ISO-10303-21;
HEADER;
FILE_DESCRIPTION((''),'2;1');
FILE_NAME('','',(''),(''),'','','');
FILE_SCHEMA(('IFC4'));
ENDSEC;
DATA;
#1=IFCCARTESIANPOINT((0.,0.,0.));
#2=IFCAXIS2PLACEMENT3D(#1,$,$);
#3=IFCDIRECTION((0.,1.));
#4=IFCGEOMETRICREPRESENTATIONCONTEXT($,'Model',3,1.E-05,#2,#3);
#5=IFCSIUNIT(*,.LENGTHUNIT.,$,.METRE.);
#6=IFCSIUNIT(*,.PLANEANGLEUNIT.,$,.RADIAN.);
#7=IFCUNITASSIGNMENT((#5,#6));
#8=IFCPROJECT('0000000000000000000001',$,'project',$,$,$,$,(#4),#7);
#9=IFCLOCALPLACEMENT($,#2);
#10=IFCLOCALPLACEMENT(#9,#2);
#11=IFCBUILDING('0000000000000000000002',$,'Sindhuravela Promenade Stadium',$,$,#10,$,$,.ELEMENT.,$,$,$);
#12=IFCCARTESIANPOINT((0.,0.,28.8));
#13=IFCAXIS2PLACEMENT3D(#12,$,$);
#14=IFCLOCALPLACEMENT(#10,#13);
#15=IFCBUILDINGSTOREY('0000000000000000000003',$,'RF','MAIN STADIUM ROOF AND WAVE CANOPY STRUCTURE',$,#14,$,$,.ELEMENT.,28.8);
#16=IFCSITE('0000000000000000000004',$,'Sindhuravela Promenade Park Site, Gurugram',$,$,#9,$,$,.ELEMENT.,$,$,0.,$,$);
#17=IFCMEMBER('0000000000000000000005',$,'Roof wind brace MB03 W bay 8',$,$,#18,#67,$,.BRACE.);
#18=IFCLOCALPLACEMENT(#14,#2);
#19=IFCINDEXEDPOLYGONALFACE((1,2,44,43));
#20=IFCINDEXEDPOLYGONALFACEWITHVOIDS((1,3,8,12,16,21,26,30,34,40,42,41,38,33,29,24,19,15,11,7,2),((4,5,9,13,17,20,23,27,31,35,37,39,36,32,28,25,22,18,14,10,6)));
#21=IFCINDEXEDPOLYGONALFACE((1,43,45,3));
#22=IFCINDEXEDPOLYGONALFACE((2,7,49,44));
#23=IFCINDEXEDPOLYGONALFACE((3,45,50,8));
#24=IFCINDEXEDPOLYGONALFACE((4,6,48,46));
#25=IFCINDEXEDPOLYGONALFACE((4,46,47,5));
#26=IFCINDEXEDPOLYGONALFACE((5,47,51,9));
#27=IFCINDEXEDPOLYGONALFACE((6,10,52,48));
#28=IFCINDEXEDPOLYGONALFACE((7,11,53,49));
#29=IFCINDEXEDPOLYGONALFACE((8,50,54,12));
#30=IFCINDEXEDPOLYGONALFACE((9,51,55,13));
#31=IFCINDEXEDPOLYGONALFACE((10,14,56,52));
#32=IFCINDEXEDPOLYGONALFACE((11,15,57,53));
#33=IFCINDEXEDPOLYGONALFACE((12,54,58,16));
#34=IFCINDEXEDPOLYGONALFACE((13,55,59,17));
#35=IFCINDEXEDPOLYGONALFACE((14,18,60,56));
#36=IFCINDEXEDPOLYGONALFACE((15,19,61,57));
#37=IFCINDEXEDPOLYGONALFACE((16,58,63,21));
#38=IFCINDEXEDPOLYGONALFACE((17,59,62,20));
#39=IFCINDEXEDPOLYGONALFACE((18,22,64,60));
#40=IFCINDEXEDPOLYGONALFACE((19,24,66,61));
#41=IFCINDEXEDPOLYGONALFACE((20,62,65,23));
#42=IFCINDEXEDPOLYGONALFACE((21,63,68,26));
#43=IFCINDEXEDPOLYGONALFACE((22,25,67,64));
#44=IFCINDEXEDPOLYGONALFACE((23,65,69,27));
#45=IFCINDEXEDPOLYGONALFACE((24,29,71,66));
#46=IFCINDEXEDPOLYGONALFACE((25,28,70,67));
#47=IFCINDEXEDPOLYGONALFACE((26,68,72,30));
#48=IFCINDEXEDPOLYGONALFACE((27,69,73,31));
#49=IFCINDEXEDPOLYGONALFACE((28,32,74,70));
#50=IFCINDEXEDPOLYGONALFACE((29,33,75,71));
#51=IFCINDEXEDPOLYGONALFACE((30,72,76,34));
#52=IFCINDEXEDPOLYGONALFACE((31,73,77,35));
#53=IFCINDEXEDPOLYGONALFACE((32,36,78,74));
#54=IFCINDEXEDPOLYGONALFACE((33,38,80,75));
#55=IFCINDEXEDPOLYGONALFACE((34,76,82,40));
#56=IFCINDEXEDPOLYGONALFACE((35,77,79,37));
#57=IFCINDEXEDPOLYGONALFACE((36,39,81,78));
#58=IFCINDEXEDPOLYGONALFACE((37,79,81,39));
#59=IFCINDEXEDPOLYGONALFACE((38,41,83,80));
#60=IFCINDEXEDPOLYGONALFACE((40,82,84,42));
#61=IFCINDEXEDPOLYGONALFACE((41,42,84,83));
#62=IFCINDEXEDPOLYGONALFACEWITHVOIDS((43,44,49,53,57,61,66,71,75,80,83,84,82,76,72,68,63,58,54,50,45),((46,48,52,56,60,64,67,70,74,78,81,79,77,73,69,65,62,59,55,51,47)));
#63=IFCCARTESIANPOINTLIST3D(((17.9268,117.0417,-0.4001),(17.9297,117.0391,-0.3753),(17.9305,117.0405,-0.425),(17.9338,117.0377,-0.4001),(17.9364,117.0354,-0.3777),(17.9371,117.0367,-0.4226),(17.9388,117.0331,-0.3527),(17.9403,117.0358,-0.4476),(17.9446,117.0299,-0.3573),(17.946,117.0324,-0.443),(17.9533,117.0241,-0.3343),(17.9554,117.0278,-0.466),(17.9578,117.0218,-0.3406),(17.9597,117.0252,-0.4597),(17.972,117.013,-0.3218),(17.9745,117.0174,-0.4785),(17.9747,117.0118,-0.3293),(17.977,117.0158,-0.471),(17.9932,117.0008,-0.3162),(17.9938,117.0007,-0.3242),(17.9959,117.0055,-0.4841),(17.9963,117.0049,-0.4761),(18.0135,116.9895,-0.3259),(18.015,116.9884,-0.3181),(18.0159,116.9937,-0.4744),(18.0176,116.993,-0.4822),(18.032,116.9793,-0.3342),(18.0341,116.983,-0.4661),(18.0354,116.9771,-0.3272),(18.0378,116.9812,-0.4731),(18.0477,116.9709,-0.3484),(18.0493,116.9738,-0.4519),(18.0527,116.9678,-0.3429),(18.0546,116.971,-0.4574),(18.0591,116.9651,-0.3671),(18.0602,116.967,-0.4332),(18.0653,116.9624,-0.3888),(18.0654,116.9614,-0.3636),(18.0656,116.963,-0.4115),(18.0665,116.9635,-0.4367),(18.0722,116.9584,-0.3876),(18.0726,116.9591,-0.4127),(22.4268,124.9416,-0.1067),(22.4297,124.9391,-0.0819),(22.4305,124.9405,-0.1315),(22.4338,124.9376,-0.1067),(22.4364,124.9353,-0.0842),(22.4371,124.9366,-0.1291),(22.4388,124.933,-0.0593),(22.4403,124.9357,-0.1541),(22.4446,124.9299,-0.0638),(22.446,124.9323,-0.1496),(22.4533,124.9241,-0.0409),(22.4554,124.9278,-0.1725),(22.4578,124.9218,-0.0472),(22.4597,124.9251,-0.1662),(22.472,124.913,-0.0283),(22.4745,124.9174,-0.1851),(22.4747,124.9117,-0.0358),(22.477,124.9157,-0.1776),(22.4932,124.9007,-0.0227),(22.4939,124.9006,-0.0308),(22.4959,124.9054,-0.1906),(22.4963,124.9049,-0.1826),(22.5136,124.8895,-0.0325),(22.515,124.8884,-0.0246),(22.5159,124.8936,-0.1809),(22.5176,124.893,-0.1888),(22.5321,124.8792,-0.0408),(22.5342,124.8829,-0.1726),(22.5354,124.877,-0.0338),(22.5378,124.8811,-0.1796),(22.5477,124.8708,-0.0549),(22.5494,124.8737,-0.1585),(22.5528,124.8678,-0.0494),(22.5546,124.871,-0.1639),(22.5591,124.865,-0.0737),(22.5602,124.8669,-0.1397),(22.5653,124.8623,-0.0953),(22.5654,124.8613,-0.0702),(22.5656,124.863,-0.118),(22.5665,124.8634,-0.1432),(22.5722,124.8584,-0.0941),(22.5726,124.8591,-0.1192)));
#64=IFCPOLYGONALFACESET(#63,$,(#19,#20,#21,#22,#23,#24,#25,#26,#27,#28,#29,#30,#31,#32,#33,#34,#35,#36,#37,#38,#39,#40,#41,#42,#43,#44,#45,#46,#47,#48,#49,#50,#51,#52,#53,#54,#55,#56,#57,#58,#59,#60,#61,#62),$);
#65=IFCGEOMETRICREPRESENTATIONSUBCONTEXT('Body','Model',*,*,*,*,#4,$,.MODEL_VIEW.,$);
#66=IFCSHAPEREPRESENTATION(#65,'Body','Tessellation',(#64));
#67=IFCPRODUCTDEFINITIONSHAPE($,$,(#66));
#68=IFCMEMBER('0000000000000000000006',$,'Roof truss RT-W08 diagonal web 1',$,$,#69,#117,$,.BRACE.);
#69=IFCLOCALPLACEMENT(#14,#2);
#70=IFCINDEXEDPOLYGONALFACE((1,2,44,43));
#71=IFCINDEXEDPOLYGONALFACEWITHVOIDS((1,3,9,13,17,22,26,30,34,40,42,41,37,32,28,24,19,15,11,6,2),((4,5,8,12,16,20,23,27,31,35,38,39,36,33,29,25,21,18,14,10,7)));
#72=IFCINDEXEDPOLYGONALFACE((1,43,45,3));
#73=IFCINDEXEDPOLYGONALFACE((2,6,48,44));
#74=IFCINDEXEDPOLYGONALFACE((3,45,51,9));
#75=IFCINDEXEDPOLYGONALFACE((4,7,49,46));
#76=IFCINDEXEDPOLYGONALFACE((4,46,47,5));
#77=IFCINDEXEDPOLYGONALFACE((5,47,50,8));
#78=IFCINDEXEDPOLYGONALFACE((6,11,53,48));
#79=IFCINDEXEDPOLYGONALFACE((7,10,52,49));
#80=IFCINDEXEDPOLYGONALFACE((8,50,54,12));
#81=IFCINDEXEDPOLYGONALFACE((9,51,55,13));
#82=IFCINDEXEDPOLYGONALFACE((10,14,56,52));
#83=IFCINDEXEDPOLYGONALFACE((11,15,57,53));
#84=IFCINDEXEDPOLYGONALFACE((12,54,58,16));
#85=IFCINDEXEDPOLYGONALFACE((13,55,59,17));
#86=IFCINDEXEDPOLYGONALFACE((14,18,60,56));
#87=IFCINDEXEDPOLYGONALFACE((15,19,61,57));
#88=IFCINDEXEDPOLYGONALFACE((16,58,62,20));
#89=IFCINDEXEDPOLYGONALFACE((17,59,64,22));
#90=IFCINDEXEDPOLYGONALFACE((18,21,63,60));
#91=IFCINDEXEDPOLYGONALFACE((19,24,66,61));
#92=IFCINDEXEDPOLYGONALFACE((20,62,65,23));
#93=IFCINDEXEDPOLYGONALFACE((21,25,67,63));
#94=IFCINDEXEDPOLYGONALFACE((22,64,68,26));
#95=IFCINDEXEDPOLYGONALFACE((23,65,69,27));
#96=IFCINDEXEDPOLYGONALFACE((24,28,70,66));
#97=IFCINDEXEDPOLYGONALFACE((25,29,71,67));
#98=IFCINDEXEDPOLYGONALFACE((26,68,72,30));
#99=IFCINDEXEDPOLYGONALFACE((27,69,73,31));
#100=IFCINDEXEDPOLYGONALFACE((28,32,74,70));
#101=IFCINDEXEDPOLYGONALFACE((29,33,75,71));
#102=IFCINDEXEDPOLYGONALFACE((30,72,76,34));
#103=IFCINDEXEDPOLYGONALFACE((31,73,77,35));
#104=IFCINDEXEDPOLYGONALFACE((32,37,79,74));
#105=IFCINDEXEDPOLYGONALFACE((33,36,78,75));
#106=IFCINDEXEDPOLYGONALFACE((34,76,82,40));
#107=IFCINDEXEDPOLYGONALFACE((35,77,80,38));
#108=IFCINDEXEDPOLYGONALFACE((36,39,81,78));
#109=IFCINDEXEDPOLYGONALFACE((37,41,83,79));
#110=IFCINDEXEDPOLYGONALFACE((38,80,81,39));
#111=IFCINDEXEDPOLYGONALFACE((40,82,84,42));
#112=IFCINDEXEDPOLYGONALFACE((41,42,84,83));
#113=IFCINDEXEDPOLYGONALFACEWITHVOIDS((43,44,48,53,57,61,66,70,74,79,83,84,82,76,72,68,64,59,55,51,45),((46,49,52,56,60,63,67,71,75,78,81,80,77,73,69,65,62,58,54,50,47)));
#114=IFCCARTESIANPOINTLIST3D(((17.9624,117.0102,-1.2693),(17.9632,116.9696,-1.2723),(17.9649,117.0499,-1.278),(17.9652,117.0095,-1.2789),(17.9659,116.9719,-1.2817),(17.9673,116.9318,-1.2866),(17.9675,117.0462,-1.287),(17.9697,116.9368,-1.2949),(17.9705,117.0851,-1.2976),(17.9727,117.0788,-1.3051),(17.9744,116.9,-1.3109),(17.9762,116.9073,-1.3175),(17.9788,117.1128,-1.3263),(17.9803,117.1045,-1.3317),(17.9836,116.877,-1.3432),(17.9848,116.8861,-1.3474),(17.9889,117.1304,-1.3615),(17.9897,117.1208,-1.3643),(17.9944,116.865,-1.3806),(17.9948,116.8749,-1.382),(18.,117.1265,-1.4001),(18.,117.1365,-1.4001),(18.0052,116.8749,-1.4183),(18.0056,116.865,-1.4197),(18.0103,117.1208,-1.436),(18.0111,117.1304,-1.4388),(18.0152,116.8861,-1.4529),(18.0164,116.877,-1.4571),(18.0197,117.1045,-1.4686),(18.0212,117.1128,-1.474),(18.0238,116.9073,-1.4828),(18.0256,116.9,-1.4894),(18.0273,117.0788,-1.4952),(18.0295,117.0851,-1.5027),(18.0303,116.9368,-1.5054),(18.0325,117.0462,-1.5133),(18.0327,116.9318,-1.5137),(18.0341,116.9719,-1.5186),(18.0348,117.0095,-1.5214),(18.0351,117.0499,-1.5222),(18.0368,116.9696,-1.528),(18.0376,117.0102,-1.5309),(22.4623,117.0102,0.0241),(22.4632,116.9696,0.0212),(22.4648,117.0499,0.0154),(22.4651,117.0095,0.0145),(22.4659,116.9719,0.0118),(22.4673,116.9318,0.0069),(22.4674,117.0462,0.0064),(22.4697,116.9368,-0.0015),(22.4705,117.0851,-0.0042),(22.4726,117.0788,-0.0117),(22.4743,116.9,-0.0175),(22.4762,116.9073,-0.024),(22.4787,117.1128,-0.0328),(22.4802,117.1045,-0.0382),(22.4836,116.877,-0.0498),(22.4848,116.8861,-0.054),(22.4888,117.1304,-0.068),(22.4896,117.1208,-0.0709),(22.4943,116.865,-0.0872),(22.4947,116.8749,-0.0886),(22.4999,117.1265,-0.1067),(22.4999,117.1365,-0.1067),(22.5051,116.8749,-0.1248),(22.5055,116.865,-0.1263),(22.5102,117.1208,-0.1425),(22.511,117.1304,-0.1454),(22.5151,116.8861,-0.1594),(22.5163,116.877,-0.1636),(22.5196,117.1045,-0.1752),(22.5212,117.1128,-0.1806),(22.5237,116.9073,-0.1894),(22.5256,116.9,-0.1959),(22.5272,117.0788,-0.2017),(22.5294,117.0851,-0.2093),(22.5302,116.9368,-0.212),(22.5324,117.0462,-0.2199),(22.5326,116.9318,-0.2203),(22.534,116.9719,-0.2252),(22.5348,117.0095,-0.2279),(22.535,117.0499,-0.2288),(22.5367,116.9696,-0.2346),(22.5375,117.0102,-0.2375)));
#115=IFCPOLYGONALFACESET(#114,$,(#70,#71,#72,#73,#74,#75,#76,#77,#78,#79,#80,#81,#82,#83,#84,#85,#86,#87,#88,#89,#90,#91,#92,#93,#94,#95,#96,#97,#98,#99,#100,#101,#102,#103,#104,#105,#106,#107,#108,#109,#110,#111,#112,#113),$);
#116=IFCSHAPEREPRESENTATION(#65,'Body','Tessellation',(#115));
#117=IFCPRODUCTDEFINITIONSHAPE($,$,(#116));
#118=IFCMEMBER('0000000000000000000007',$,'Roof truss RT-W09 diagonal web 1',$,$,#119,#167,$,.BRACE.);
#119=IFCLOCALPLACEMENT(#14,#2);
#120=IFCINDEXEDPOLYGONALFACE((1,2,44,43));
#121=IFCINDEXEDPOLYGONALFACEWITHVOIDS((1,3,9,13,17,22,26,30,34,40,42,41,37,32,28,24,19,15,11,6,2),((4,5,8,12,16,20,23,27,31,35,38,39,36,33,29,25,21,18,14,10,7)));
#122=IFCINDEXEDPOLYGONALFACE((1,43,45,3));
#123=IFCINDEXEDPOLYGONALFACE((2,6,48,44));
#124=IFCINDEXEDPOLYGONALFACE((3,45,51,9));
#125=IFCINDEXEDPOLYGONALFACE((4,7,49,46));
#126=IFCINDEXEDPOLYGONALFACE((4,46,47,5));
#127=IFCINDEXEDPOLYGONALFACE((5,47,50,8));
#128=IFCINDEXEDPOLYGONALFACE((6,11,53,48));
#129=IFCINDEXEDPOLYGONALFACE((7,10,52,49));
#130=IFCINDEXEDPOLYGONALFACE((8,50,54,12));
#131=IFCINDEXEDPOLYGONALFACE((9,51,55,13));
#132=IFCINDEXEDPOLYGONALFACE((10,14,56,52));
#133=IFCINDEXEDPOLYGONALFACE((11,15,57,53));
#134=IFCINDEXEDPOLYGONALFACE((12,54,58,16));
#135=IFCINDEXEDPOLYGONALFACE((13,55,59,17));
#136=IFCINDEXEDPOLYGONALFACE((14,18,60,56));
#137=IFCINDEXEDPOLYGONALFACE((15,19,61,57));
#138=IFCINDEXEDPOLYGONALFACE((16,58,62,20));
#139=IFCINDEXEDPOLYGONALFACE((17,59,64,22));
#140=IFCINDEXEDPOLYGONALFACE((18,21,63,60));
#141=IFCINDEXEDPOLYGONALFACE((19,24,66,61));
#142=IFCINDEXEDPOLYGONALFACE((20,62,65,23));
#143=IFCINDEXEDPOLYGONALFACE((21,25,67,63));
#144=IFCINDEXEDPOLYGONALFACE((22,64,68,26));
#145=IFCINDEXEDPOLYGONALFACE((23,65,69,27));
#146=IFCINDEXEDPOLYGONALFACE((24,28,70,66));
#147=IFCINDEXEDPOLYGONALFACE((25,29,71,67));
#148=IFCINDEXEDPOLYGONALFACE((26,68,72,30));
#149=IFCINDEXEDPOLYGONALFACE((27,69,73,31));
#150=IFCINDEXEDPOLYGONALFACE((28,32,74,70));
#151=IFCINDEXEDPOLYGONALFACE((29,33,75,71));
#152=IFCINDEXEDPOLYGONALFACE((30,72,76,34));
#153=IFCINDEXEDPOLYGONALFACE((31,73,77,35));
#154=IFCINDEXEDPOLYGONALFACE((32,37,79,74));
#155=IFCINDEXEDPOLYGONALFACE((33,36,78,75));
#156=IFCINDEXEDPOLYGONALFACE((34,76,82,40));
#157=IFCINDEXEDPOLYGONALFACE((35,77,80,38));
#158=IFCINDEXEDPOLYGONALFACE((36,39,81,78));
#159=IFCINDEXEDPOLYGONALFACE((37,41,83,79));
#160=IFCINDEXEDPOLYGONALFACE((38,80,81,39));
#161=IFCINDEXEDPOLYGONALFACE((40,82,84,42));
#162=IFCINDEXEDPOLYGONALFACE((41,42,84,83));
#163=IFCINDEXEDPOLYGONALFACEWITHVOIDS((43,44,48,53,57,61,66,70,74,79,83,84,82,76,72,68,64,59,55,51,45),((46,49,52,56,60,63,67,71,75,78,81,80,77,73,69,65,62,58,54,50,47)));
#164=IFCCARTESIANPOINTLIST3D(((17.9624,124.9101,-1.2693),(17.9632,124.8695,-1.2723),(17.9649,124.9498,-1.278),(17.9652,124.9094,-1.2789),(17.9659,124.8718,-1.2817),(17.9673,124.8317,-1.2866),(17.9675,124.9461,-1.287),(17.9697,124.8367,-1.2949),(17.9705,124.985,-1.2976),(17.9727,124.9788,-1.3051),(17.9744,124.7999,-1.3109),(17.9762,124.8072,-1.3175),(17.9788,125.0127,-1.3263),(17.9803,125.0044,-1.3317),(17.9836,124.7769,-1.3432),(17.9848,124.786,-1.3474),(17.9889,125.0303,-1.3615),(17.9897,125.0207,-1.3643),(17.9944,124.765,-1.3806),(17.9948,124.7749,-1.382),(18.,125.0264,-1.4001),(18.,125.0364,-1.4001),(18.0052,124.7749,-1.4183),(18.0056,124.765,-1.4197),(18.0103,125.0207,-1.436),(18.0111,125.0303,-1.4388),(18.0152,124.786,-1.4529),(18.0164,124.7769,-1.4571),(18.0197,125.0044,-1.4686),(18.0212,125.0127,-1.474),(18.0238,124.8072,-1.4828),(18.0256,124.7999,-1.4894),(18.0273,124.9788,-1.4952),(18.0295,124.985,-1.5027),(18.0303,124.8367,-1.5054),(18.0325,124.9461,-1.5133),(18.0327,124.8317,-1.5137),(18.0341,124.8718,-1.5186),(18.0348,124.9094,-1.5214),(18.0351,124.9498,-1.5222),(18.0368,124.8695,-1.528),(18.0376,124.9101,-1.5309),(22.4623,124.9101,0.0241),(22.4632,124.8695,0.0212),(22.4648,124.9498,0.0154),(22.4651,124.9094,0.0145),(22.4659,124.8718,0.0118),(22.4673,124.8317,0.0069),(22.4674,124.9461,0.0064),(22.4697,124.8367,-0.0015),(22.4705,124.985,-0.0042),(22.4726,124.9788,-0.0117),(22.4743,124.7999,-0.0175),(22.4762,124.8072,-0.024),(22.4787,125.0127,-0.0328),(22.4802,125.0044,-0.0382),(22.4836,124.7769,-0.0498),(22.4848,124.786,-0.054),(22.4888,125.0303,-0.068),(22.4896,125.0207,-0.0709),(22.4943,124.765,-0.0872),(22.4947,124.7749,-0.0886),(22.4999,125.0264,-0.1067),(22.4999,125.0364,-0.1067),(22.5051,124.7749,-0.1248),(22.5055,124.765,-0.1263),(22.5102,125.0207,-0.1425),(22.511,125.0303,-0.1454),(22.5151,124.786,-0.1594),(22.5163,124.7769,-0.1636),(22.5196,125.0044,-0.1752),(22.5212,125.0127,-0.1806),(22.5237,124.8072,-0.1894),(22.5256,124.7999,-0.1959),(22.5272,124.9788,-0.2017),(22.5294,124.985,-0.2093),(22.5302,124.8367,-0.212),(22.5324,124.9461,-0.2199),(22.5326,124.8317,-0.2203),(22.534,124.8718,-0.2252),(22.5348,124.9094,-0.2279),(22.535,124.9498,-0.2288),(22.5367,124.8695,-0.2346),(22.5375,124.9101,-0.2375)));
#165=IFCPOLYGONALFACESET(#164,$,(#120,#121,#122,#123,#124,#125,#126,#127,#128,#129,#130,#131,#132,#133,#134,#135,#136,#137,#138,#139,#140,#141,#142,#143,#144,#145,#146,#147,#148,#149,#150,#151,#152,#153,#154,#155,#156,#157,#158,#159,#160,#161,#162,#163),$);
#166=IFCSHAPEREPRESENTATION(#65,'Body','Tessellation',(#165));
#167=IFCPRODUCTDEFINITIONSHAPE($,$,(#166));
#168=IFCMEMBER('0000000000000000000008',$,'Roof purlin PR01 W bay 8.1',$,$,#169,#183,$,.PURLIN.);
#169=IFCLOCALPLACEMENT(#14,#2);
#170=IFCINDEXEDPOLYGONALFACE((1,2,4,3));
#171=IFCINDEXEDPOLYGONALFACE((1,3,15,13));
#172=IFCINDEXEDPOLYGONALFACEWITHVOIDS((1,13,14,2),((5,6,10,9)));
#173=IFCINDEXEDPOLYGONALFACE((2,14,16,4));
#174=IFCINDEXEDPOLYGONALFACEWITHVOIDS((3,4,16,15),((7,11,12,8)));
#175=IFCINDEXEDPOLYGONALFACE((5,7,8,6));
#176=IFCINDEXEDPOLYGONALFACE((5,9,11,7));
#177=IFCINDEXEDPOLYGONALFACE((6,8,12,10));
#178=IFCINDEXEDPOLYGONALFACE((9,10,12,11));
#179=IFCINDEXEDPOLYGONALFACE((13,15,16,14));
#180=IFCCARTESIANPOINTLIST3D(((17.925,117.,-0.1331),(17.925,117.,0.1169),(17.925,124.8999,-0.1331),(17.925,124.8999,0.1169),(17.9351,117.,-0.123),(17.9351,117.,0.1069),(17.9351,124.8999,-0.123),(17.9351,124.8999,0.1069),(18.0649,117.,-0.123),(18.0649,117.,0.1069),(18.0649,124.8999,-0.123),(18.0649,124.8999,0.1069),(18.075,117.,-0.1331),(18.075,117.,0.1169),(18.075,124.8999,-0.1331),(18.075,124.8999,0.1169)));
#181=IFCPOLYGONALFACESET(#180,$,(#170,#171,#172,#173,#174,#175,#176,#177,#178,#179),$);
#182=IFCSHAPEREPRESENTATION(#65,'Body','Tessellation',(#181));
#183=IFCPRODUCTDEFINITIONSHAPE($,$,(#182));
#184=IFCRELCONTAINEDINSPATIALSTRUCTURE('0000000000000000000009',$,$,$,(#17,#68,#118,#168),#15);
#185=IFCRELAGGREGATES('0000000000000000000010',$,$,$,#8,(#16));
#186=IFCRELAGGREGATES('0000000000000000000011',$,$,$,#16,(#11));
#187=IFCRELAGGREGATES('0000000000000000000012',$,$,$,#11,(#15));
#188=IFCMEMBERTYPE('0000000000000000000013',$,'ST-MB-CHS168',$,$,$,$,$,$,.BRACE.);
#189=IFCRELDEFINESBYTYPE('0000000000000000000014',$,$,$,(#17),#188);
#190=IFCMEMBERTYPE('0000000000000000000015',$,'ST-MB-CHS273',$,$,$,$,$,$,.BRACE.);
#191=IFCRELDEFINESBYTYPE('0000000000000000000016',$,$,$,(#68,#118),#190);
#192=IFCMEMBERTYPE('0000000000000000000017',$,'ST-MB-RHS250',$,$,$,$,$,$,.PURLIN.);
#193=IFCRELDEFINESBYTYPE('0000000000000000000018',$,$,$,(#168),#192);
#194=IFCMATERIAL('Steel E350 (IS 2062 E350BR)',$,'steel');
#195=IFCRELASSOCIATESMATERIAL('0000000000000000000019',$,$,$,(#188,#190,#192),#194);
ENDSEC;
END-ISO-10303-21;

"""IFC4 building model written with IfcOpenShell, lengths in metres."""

from ifc_helpers import new_model, si_unit, direction, frame, origin, origin_2d, place, context, subcontext, project, spatial, hollow_rectangle, hollow_circle, extrude, material, material_profile, profile_set, type_object, element, save


model = new_model("IFC4")

# Units and contexts
model_context = context("Model", 3, precision=1e-05, world=origin(), true_north=direction((0.0, 1.0)))
body_context = subcontext(model_context, "Body", "Model", "MODEL_VIEW")
ifc_project = project(units=[si_unit("LENGTHUNIT", "METRE"), si_unit("PLANEANGLEUNIT", "RADIAN")], contexts=[model_context])

# Site, building, storey
site_placement = place(None, origin())
site = spatial("IfcSite", under=ifc_project, at=site_placement, Name="Sindhuravela Promenade Park Site, Gurugram", CompositionType="ELEMENT", RefElevation=0.0)
building_placement = place(site_placement, origin())
building = spatial("IfcBuilding", under=site, at=building_placement, Name="Sindhuravela Promenade Stadium", CompositionType="ELEMENT")
storey_placement = place(building_placement, frame((0.0, 0.0, 28.8)))
storey = spatial("IfcBuildingStorey", under=building, at=storey_placement, Name="RF", Description="MAIN STADIUM ROOF AND WAVE CANOPY STRUCTURE", CompositionType="ELEMENT", Elevation=28.8)

# Shared definitions
ifc_material_1 = material(Name="Steel E350 (IS 2062 E350BR)", Category="steel")

# Members
ifc_material_profile_1 = material_profile(ifc_material_1, hollow_circle(Radius=0.0842, WallThickness=0.0081, at=origin_2d()), Name="CHS 168.3x8")
ifc_profile_set_1 = profile_set([ifc_material_profile_1], Name="Steel E350 (IS 2062 E350BR)")
member_type_1 = type_object("IfcMemberType", Name="ST-MB-CHS168", PredefinedType="BRACE", material=ifc_profile_set_1)
member_1_placement = place(storey_placement, frame((18.0, 117.0, -0.4001), z_axis=(0.494701, 0.868464, 0.032261), x_axis=(-0.868917, 0.494959, 0.0)))
element("IfcMember", 1, at=member_1_placement, inside=storey, type_object=member_type_1, Name="Roof wind brace MB03 W bay 8", PredefinedType="BRACE", context=body_context, shape_type="SweptSolid", body=[
    extrude(hollow_circle(Radius=0.0842, WallThickness=0.0081, at=origin_2d()), origin(), (0.0, 0.0, 1.0), 9.0964),
])
ifc_material_profile_2 = material_profile(ifc_material_1, hollow_circle(Radius=0.1365, WallThickness=0.01, at=origin_2d()), Name="CHS 273.0x10")
ifc_profile_set_2 = profile_set([ifc_material_profile_2], Name="Steel E350 (IS 2062 E350BR)")
member_type_2 = type_object("IfcMemberType", Name="ST-MB-CHS273", PredefinedType="BRACE", material=ifc_profile_set_2)
for number, where, z_axis, x_axis, name in (
    (2, (18.0, 117.0, -1.4001), (0.961086, 0.0, 0.27625), (0.0, 1.0, 0.0), "Roof truss RT-W08 diagonal web 1"),
    (3, (18.0, 124.8999, -1.4001), (0.961086, 0.0, 0.27625), (0.0, 1.0, 0.0), "Roof truss RT-W09 diagonal web 1"),
):
    element("IfcMember", number, at=place(storey_placement, frame(where, z_axis=z_axis, x_axis=x_axis)), inside=storey, type_object=member_type_2, Name=name, PredefinedType="BRACE", context=body_context, shape_type="SweptSolid", body=[
        extrude(hollow_circle(Radius=0.1365, WallThickness=0.01, at=origin_2d()), origin(), (0.0, 0.0, 1.0), 4.6821),
    ])
ifc_material_profile_3 = material_profile(ifc_material_1, hollow_rectangle(XDim=0.1499, YDim=0.25, WallThickness=0.01, at=origin_2d()), Name="RHS 250x150x10")
ifc_profile_set_3 = profile_set([ifc_material_profile_3], Name="Steel E350 (IS 2062 E350BR)")
member_type_3 = type_object("IfcMemberType", Name="ST-MB-RHS250", PredefinedType="PURLIN", material=ifc_profile_set_3)
member_2_placement = place(storey_placement, frame((18.0, 117.0, -0.0081), z_axis=(0.0, 1.0, 0.0), x_axis=(-1.0, 0.0, 0.0)))
element("IfcMember", 4, at=member_2_placement, inside=storey, type_object=member_type_3, Name="Roof purlin PR01 W bay 8.1", PredefinedType="PURLIN", context=body_context, shape_type="SweptSolid", body=[
    extrude(hollow_rectangle(XDim=0.1499, YDim=0.25, WallThickness=0.01, at=origin_2d()), origin(), (0.0, 0.0, 1.0), 7.8999),
])

save(model, "model.ifc")
